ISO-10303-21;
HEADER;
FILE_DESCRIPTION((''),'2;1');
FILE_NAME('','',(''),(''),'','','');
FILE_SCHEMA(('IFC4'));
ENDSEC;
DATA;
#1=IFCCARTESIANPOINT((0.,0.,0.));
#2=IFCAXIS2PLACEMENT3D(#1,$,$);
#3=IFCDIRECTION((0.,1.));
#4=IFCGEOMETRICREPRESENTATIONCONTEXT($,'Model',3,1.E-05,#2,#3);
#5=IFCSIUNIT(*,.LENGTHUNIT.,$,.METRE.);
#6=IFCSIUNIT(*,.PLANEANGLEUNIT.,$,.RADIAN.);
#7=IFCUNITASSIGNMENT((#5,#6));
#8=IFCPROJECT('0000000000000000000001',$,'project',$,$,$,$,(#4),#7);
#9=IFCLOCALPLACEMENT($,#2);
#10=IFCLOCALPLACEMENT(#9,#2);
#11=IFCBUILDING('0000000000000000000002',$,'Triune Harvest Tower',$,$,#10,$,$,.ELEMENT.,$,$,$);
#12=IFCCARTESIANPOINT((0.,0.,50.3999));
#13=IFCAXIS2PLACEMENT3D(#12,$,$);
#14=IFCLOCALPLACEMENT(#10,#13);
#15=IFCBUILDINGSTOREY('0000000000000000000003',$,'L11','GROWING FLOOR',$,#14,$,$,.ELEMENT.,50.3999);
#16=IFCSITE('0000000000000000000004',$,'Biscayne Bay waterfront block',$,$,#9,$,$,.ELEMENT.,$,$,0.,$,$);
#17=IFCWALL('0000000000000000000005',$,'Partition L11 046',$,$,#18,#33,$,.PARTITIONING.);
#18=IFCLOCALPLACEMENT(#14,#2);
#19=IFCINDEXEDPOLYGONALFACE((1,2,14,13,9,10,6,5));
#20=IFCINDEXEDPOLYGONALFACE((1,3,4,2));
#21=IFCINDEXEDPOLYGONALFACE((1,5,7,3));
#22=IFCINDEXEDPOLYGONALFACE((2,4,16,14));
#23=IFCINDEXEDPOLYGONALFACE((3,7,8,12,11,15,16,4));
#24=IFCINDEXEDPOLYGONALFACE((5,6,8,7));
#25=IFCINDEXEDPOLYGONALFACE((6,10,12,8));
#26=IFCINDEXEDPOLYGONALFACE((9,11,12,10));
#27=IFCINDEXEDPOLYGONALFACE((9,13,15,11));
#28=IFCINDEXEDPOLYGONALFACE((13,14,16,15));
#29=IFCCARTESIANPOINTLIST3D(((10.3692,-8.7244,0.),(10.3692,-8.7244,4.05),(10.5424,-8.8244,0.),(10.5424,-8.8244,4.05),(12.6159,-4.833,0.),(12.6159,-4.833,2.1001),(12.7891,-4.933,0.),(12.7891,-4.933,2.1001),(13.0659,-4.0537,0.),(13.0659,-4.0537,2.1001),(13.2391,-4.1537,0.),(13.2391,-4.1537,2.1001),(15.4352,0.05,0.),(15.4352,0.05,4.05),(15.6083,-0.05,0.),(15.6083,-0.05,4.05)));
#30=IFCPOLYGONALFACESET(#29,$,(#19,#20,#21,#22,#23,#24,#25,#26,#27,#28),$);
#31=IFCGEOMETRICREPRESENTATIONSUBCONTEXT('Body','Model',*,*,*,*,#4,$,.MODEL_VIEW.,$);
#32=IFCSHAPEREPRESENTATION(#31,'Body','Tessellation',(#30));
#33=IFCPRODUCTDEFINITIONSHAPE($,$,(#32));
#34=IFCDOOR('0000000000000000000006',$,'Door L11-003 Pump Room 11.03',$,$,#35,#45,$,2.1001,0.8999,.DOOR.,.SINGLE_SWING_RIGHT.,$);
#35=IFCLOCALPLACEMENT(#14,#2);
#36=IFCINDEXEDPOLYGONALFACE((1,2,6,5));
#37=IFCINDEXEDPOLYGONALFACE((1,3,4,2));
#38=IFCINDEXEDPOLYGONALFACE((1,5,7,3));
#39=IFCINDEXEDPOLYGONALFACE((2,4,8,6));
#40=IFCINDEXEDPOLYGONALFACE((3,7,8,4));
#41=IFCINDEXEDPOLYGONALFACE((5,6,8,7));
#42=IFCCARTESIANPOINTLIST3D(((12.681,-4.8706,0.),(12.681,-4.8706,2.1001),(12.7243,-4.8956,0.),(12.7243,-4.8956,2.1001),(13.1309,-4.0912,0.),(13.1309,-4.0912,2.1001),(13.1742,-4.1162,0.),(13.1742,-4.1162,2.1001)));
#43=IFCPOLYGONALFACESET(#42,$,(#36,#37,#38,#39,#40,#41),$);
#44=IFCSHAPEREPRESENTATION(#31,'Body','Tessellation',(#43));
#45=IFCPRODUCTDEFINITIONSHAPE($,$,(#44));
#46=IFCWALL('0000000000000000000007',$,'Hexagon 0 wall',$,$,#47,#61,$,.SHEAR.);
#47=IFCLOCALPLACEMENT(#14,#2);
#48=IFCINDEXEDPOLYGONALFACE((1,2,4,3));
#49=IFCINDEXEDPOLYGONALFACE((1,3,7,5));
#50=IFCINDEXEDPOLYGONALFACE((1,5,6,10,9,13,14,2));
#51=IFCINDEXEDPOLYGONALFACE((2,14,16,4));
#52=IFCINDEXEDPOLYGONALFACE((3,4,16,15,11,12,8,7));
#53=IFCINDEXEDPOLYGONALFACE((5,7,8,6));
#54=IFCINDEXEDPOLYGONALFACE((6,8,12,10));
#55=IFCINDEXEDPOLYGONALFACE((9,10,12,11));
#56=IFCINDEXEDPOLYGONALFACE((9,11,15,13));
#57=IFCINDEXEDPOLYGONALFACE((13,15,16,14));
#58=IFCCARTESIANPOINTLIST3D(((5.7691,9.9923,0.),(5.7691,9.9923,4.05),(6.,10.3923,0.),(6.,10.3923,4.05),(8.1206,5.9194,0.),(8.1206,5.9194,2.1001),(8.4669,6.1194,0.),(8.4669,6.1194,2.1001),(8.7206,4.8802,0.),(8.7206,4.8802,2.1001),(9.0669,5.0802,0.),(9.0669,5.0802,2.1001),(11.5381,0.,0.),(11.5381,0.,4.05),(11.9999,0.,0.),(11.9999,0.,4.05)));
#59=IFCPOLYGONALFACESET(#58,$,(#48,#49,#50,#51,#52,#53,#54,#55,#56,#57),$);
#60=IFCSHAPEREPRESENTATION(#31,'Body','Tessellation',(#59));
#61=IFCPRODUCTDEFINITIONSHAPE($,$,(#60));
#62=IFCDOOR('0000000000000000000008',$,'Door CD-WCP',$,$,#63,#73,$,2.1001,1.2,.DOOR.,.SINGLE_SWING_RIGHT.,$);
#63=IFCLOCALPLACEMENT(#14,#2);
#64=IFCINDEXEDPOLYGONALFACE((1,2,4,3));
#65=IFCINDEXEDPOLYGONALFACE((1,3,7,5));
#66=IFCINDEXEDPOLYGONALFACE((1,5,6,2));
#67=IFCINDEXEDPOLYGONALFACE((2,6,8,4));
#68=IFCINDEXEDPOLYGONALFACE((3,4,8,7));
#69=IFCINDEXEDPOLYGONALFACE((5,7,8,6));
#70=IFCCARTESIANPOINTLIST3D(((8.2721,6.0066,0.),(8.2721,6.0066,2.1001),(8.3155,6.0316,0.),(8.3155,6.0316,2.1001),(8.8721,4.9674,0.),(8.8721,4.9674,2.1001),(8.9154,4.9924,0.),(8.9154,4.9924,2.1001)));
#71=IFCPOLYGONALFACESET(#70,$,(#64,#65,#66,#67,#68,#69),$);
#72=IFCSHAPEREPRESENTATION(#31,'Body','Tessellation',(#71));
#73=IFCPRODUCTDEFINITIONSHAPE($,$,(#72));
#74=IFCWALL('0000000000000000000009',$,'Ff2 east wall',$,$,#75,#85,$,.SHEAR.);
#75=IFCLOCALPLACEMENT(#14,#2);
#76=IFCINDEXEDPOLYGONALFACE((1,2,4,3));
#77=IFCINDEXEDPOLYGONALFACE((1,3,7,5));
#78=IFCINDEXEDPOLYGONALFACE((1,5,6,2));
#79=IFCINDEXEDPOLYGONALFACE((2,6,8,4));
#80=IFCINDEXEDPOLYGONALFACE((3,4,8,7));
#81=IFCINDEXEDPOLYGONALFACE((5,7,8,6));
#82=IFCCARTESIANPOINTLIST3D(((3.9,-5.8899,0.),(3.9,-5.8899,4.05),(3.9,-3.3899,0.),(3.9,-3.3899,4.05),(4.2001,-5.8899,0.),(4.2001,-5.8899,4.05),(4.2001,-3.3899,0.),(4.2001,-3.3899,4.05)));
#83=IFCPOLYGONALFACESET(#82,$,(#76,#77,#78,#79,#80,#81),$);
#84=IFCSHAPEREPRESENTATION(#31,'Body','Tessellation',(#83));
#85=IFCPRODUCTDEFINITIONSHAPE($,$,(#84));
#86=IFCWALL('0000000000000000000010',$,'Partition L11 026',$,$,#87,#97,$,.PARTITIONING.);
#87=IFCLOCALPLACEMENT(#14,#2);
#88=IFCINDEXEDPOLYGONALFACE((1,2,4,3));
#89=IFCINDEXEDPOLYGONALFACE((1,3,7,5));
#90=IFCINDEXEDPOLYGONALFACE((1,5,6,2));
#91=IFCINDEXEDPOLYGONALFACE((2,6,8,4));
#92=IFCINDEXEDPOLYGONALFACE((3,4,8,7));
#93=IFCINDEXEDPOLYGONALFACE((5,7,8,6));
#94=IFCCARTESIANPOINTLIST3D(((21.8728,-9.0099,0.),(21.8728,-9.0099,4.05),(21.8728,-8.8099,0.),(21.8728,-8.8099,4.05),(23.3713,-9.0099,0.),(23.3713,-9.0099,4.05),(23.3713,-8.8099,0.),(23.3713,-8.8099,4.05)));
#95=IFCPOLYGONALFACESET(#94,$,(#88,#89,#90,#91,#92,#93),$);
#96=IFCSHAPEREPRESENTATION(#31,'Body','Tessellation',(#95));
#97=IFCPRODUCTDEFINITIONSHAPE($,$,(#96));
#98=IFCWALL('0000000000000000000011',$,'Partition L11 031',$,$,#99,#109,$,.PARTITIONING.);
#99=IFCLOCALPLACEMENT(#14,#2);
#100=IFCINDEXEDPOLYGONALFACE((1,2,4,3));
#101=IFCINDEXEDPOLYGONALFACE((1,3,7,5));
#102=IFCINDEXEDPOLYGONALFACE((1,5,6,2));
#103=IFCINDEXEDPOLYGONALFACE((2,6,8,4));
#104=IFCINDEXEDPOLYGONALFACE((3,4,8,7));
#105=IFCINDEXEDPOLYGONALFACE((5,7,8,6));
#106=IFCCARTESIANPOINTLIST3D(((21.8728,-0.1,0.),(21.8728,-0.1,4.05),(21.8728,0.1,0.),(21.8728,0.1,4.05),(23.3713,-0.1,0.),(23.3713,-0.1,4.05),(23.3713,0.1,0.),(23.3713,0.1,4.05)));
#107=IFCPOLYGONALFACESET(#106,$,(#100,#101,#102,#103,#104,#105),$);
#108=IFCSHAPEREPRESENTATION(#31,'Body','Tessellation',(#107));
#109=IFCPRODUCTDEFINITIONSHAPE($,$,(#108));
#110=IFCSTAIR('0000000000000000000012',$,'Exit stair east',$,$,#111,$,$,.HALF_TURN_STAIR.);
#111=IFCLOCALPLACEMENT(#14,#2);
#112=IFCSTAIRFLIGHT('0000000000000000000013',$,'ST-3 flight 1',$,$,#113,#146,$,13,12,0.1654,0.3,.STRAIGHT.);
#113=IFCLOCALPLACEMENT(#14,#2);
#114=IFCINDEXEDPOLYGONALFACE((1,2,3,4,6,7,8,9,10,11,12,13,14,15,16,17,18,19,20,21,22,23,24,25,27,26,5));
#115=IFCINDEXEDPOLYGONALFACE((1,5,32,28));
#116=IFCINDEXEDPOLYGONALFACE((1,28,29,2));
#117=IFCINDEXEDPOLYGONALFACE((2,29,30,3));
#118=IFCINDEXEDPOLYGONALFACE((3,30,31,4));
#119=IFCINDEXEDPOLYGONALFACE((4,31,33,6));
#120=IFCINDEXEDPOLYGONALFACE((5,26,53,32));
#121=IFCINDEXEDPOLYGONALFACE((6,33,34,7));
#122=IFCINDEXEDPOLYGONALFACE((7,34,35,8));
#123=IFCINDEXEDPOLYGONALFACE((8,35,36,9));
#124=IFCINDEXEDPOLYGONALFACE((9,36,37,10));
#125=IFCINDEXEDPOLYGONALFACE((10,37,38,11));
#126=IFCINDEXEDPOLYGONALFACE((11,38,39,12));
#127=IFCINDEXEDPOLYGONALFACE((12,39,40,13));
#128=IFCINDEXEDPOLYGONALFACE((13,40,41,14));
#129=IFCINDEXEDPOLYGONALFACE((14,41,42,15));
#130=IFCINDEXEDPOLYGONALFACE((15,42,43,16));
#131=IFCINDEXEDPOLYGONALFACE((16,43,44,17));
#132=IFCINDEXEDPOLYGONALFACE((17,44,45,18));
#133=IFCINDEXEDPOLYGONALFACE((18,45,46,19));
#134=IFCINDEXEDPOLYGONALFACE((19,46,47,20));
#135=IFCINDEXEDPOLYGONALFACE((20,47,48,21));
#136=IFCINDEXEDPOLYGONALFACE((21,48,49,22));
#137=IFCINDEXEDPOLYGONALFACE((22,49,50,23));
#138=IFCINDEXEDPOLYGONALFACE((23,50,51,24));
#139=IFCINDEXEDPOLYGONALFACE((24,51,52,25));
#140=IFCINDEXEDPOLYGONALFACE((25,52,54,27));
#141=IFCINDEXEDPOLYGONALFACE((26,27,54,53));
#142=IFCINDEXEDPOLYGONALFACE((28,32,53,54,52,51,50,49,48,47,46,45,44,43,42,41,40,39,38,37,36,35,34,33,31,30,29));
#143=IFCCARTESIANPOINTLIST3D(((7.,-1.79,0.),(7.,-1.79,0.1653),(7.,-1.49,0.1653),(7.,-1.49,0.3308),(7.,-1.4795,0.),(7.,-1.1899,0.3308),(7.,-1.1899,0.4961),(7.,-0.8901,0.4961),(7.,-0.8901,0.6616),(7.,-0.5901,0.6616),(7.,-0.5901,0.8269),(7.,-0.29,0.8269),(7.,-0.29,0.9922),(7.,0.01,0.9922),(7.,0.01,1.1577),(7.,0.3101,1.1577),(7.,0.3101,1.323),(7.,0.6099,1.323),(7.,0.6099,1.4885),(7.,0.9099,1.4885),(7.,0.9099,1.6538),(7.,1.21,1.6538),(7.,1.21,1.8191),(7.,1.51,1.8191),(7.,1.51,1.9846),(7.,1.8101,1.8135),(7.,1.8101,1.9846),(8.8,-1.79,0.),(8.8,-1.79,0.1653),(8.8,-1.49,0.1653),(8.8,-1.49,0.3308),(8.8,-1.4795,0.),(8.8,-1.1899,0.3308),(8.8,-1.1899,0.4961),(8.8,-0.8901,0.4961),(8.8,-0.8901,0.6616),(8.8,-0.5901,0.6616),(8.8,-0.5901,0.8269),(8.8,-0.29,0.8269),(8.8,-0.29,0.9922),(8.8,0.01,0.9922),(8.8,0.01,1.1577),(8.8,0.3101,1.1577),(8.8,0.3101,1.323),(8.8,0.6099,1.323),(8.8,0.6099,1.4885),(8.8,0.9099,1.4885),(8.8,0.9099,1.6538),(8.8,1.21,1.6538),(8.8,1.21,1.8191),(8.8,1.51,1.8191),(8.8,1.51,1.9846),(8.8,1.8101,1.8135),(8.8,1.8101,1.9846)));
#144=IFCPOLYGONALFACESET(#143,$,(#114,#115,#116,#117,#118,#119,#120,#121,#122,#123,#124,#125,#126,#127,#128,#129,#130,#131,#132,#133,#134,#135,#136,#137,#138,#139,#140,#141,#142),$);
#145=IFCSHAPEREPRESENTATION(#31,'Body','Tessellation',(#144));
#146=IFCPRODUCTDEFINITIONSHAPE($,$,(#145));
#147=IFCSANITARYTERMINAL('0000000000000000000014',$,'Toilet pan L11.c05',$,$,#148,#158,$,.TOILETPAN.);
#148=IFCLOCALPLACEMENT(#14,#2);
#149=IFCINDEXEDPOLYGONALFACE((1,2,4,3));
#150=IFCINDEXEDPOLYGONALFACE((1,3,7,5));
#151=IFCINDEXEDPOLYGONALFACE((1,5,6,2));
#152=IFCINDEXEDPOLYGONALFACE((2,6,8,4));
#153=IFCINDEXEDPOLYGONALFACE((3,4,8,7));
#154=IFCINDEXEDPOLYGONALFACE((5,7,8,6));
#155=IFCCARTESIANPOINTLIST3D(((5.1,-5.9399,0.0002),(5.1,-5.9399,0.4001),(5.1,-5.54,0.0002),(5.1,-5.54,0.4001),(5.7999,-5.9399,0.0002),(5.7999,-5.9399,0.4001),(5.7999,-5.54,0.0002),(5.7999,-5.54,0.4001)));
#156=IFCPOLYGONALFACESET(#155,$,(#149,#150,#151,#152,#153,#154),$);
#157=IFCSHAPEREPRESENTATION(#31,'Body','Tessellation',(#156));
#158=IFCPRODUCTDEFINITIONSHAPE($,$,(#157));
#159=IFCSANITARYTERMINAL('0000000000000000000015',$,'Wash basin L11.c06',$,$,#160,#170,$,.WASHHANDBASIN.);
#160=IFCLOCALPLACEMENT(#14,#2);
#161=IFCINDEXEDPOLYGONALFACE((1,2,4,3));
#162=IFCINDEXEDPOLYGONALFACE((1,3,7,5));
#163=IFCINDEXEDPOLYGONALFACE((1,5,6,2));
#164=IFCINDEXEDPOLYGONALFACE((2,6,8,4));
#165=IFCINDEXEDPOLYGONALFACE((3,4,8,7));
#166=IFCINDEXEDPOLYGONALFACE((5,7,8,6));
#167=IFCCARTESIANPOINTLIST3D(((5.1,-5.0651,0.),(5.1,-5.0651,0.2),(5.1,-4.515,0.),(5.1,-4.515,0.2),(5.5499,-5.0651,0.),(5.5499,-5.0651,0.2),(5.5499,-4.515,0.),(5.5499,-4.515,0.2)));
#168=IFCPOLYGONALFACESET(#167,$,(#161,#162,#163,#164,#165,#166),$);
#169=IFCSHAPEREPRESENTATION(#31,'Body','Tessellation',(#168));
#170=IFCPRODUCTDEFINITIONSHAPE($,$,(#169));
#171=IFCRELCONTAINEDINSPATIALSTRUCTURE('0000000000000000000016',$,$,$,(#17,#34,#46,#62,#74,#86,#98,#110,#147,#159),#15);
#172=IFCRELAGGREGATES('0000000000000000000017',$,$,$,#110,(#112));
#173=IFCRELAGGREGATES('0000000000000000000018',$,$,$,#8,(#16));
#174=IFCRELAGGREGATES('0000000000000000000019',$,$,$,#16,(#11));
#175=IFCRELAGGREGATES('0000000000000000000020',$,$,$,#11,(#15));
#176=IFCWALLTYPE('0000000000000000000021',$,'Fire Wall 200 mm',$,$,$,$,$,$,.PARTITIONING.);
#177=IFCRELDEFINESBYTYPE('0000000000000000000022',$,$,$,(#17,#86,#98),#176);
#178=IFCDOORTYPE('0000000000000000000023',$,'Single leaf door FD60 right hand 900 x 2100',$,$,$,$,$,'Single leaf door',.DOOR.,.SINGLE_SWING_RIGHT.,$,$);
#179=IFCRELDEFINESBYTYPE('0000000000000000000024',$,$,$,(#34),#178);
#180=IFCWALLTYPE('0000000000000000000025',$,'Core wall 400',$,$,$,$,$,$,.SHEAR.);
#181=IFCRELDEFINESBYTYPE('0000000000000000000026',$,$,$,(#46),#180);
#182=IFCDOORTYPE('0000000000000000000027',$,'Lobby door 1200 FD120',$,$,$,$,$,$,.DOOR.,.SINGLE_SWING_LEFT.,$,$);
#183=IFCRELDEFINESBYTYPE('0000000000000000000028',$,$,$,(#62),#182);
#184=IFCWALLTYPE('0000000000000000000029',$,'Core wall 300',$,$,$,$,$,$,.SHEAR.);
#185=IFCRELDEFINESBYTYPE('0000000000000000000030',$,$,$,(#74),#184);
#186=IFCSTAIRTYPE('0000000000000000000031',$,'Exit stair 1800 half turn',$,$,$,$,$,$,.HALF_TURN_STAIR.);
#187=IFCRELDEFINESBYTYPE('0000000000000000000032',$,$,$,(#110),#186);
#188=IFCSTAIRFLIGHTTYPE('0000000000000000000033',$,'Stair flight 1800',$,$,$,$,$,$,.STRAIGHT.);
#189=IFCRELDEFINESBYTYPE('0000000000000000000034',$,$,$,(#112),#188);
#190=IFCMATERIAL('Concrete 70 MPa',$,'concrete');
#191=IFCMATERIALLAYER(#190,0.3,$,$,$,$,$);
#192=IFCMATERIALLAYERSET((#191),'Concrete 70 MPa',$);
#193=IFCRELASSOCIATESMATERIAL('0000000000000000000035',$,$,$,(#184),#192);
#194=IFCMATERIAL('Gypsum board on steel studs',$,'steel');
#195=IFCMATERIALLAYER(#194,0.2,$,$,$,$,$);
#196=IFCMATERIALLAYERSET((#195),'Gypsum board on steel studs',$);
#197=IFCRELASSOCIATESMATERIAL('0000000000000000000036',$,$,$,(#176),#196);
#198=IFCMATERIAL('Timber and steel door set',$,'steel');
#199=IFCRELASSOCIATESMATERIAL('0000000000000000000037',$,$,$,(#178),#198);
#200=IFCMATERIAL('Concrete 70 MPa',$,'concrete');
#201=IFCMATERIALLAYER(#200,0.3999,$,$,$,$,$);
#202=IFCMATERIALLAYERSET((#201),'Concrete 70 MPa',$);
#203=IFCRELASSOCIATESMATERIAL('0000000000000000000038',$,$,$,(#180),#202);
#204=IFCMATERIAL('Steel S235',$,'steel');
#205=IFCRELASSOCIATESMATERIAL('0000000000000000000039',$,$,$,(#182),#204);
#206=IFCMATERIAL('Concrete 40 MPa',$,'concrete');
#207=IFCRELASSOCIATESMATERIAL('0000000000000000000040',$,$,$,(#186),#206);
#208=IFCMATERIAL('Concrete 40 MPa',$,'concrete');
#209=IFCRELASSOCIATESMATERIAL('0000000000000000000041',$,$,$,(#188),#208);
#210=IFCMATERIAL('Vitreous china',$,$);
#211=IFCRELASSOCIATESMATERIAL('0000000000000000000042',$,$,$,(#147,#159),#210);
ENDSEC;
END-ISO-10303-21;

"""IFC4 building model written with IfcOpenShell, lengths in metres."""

from ifc_helpers import new_model, si_unit, direction, frame, frame_2d, origin, origin_2d, place, context, subcontext, project, spatial, polyline, rectangle, outline, extrude, source, transform, mapped, material, layer, layer_set, type_object, element, fill, aggregate, save


model = new_model("IFC4")

# Units and contexts
model_context = context("Model", 3, precision=1e-05, world=origin(), true_north=direction((0.0, 1.0)))
body_context = subcontext(model_context, "Body", "Model", "MODEL_VIEW")
ifc_project = project(units=[si_unit("LENGTHUNIT", "METRE"), si_unit("PLANEANGLEUNIT", "RADIAN")], contexts=[model_context])

# Site, building, storey
site_placement = place(None, origin())
site = spatial("IfcSite", under=ifc_project, at=site_placement, Name="Biscayne Bay waterfront block", CompositionType="ELEMENT", RefElevation=0.0)
building_placement = place(site_placement, origin())
building = spatial("IfcBuilding", under=site, at=building_placement, Name="Triune Harvest Tower", CompositionType="ELEMENT")
storey_placement = place(building_placement, frame((0.0, 0.0, 50.3999)))
storey = spatial("IfcBuildingStorey", under=building, at=storey_placement, Name="L11", Description="GROWING FLOOR", CompositionType="ELEMENT", Elevation=50.3999)

# Shared definitions
ifc_material_1 = material(Name="Concrete 70 MPa", Category="concrete")
ifc_layer_1 = layer(ifc_material_1, 0.3)
ifc_layer_set_1 = layer_set([ifc_layer_1], Name="Concrete 70 MPa")
wall_type_1 = type_object("IfcWallType", Name="Core wall 300", PredefinedType="SHEAR", material=ifc_layer_set_1)

# Shared definitions
ifc_material_2 = material(Name="Gypsum board on steel studs", Category="steel")
ifc_layer_2 = layer(ifc_material_2, 0.2)
ifc_layer_set_2 = layer_set([ifc_layer_2], Name="Gypsum board on steel studs")
wall_type_2 = type_object("IfcWallType", Name="Fire Wall 200 mm", PredefinedType="PARTITIONING", material=ifc_layer_set_2)

# Walls, openings, doors
wall_1_placement = place(storey_placement, frame((10.4558, -8.7744, 0.0), z_axis=(0.0, 0.0, 1.0), x_axis=(0.500001, 0.866025, 0.0)))
wall_1 = element("IfcWall", 1, at=wall_1_placement, inside=storey, type_object=wall_type_2, Name="Partition L11 046", PredefinedType="PARTITIONING", context=body_context, shape_type="SweptSolid", body=[
    extrude(rectangle(XDim=10.1318, YDim=0.2, at=frame_2d((5.0659, 0.0))), origin(), (0.0, 0.0, 1.0), 4.05),
])
opening_1_placement = place(wall_1_placement, frame((4.4934, 0.0, 0.0)))
opening_1 = element("IfcOpeningElement", 2, at=opening_1_placement, cuts=wall_1, PredefinedType="OPENING", context=body_context, shape_type="SweptSolid", body=[
    extrude(rectangle(XDim=0.8999, YDim=2.1001, at=frame_2d((0.45, 1.05))), frame((0.0, 0.1099, 0.0), z_axis=(0.0, -1.0, 0.0), x_axis=(1.0, 0.0, 0.0)), (0.0, 0.0, 1.0), 0.22),
])
ifc_material_3 = material(Name="Timber and steel door set", Category="steel")
door_type_1 = type_object("IfcDoorType", Name="Single leaf door FD60 right hand 900 x 2100", ElementType="Single leaf door", OperationType="SINGLE_SWING_RIGHT", PredefinedType="DOOR", material=ifc_material_3)
door_1_placement = place(opening_1_placement, origin())
door_1 = element("IfcDoor", 3, at=door_1_placement, inside=storey, type_object=door_type_1, Name="Door L11-003 Pump Room 11.03", OperationType="SINGLE_SWING_RIGHT", OverallHeight=2.1001, OverallWidth=0.8999, PredefinedType="DOOR", context=body_context, shape_type="SweptSolid", body=[
    extrude(rectangle(XDim=0.8999, YDim=2.1001, at=frame_2d((0.45, 1.05))), frame((0.0, 0.0249, 0.0), z_axis=(0.0, -1.0, 0.0), x_axis=(1.0, 0.0, 0.0)), (0.0, 0.0, 1.0), 0.05),
])
fill(opening_1, door_1)
ifc_material_4 = material(Name="Concrete 70 MPa", Category="concrete")
ifc_layer_3 = layer(ifc_material_4, 0.3999)
ifc_layer_set_3 = layer_set([ifc_layer_3], Name="Concrete 70 MPa")
wall_type_3 = type_object("IfcWallType", Name="Core wall 400", PredefinedType="SHEAR", material=ifc_layer_set_3)
shared_shape_1 = source(origin(), body_context, "Body", "SweptSolid", [
    extrude(outline(polyline([(-0.1155, -0.2), (11.8845, -0.2), (11.6536, 0.2), (0.1155, 0.2), (-0.1155, -0.2)])), origin(), (0.0, 0.0, 1.0), 4.05),
])
wall_2_placement = place(storey_placement, frame((11.769, 0.0, 0.0), z_axis=(0.0, 0.0, 1.0), x_axis=(-0.499997, 0.866027, 0.0)))
wall_2 = element("IfcWall", 4, at=wall_2_placement, inside=storey, type_object=wall_type_3, Name="Hexagon 0 wall", PredefinedType="SHEAR", context=body_context, shape_type="MappedRepresentation", body=[
    mapped(shared_shape_1, transform((0.0, 0.0, 0.0), scale=1.0)),
])
opening_2_placement = place(wall_2_placement, frame((5.7505, 0.0, 0.0)))
opening_2 = element("IfcOpeningElement", 5, at=opening_2_placement, cuts=wall_2, PredefinedType="OPENING", context=body_context, shape_type="SweptSolid", body=[
    extrude(rectangle(XDim=1.2, YDim=2.1001, at=frame_2d((0.6001, 1.05))), frame((0.0, 0.21, 0.0), z_axis=(0.0, -1.0, 0.0), x_axis=(1.0, 0.0, 0.0)), (0.0, 0.0, 1.0), 0.4199),
])
ifc_material_5 = material(Name="Steel S235", Category="steel")
door_type_2 = type_object("IfcDoorType", Name="Lobby door 1200 FD120", OperationType="SINGLE_SWING_LEFT", PredefinedType="DOOR", material=ifc_material_5)
door_2_placement = place(opening_2_placement, frame((1.2, 0.0, 0.0), z_axis=(0.0, 0.0, 1.0), x_axis=(-1.0, 0.0, 0.0)))
door_2 = element("IfcDoor", 6, at=door_2_placement, inside=storey, type_object=door_type_2, Name="Door CD-WCP", OperationType="SINGLE_SWING_RIGHT", OverallHeight=2.1001, OverallWidth=1.2, PredefinedType="DOOR", context=body_context, shape_type="SweptSolid", body=[
    extrude(rectangle(XDim=1.2, YDim=2.1001, at=frame_2d((0.6001, 1.05))), frame((0.0, 0.0249, 0.0), z_axis=(0.0, -1.0, 0.0), x_axis=(1.0, 0.0, 0.0)), (0.0, 0.0, 1.0), 0.05),
])
fill(opening_2, door_2)

# Walls
shared_shape_2 = source(origin(), body_context, "Body", "SweptSolid", [
    extrude(rectangle(XDim=2.5, YDim=0.3, at=frame_2d((1.25, 0.0))), origin(), (0.0, 0.0, 1.0), 4.05),
])
wall_3_placement = place(storey_placement, frame((4.05, -5.8899, 0.0), z_axis=(0.0, 0.0, 1.0), x_axis=(0.0, 1.0, 0.0)))
element("IfcWall", 7, at=wall_3_placement, inside=storey, type_object=wall_type_1, Name="Ff2 east wall", PredefinedType="SHEAR", context=body_context, shape_type="MappedRepresentation", body=[
    mapped(shared_shape_2, transform((0.0, 0.0, 0.0), scale=1.0)),
])
shared_shape_3 = source(origin(), body_context, "Body", "SweptSolid", [
    extrude(rectangle(XDim=1.4985, YDim=0.2, at=frame_2d((0.7493, 0.0))), origin(), (0.0, 0.0, 1.0), 4.05),
])
for number, where, z_axis, x_axis, name in (
    (8, (21.8728, -8.9099, 0.0), (0.0, 0.0, 1.0), (1.0, 0.0, 0.0), "Partition L11 026"),
    (9, (21.8728, 0.0, 0.0), (0.0, 0.0, 1.0), (1.0, 0.0, 0.0), "Partition L11 031"),
):
    element("IfcWall", number, at=place(storey_placement, frame(where, z_axis=z_axis, x_axis=x_axis)), inside=storey, type_object=wall_type_2, Name=name, PredefinedType="PARTITIONING", context=body_context, shape_type="MappedRepresentation", body=[
        mapped(shared_shape_3, transform((0.0, 0.0, 0.0), scale=1.0)),
    ])

# Stair, stair flight
ifc_material_6 = material(Name="Concrete 40 MPa", Category="concrete")
stair_type = type_object("IfcStairType", Name="Exit stair 1800 half turn", PredefinedType="HALF_TURN_STAIR", material=ifc_material_6)
stair_placement = place(storey_placement, origin())
stair = element("IfcStair", 10, at=stair_placement, inside=storey, type_object=stair_type, Name="Exit stair east", PredefinedType="HALF_TURN_STAIR")
ifc_material_7 = material(Name="Concrete 40 MPa", Category="concrete")
stair_flight_type = type_object("IfcStairFlightType", Name="Stair flight 1800", PredefinedType="STRAIGHT", material=ifc_material_7)
shared_shape_4 = source(origin(), body_context, "Body", "SweptSolid", [
    extrude(outline(polyline([(0.0, 0.0), (0.0, 0.1653), (0.3, 0.1653), (0.3, 0.3308), (0.6001, 0.3308), (0.6001, 0.4961), (0.8999, 0.4961), (0.8999, 0.6616), (1.2, 0.6616), (1.2, 0.8269), (1.5, 0.8269), (1.5, 0.9922), (1.8, 0.9922), (1.8, 1.1577), (2.1001, 1.1577), (2.1001, 1.323), (2.3999, 1.323), (2.3999, 1.4885), (2.7, 1.4885), (2.7, 1.6538), (3.0, 1.6538), (3.0, 1.8191), (3.3, 1.8191), (3.3, 1.9846), (3.6001, 1.9846), (3.6001, 2.1499), (3.6001, 1.8135), (0.3105, 0.0), (0.0, 0.0)])), frame((0.0, 0.8999, 0.0), z_axis=(0.0, -1.0, 0.0), x_axis=(1.0, 0.0, 0.0)), (0.0, 0.0, 1.0), 1.8),
])
stair_flight_placement = place(storey_placement, frame((7.8999, -1.79, 0.0), z_axis=(0.0, 0.0, 1.0), x_axis=(0.0, 1.0, 0.0)))
stair_flight = element("IfcStairFlight", 11, at=stair_flight_placement, type_object=stair_flight_type, Name="ST-3 flight 1", NumberOfRisers=13, NumberOfTreads=12, PredefinedType="STRAIGHT", RiserHeight=0.1654, TreadLength=0.3, context=body_context, shape_type="MappedRepresentation", body=[
    mapped(shared_shape_4, transform((0.0, 0.0, 0.0), scale=1.0)),
])
aggregate(stair, [stair_flight])

# Sanitary terminals
ifc_material_8 = material(Name="Vitreous china")
shared_shape_5 = source(origin(), body_context, "Body", "SweptSolid", [
    extrude(rectangle(XDim=0.3999, YDim=0.7, at=origin_2d()), origin(), (0.0, 0.0, 1.0), 0.3999),
])
sanitary_terminal_1_placement = place(storey_placement, frame((5.45, -5.74, 0.0002), z_axis=(0.0, 0.0, 1.0), x_axis=(0.0, 1.0, 0.0)))
element("IfcSanitaryTerminal", 12, at=sanitary_terminal_1_placement, inside=storey, material=ifc_material_8, Name="Toilet pan L11.c05", PredefinedType="TOILETPAN", context=body_context, shape_type="MappedRepresentation", body=[
    mapped(shared_shape_5, transform((0.0, 0.0, 0.0), scale=1.0)),
])
shared_shape_6 = source(origin(), body_context, "Body", "SweptSolid", [
    extrude(rectangle(XDim=0.55, YDim=0.45, at=origin_2d()), origin(), (0.0, 0.0, 1.0), 0.2),
])
sanitary_terminal_2_placement = place(storey_placement, frame((5.325, -4.79, 0.0), z_axis=(0.0, 0.0, 1.0), x_axis=(0.0, 1.0, 0.0)))
element("IfcSanitaryTerminal", 13, at=sanitary_terminal_2_placement, inside=storey, material=ifc_material_8, Name="Wash basin L11.c06", PredefinedType="WASHHANDBASIN", context=body_context, shape_type="MappedRepresentation", body=[
    mapped(shared_shape_6, transform((0.0, 0.0, 0.0), scale=1.0)),
])

save(model, "model.ifc")
